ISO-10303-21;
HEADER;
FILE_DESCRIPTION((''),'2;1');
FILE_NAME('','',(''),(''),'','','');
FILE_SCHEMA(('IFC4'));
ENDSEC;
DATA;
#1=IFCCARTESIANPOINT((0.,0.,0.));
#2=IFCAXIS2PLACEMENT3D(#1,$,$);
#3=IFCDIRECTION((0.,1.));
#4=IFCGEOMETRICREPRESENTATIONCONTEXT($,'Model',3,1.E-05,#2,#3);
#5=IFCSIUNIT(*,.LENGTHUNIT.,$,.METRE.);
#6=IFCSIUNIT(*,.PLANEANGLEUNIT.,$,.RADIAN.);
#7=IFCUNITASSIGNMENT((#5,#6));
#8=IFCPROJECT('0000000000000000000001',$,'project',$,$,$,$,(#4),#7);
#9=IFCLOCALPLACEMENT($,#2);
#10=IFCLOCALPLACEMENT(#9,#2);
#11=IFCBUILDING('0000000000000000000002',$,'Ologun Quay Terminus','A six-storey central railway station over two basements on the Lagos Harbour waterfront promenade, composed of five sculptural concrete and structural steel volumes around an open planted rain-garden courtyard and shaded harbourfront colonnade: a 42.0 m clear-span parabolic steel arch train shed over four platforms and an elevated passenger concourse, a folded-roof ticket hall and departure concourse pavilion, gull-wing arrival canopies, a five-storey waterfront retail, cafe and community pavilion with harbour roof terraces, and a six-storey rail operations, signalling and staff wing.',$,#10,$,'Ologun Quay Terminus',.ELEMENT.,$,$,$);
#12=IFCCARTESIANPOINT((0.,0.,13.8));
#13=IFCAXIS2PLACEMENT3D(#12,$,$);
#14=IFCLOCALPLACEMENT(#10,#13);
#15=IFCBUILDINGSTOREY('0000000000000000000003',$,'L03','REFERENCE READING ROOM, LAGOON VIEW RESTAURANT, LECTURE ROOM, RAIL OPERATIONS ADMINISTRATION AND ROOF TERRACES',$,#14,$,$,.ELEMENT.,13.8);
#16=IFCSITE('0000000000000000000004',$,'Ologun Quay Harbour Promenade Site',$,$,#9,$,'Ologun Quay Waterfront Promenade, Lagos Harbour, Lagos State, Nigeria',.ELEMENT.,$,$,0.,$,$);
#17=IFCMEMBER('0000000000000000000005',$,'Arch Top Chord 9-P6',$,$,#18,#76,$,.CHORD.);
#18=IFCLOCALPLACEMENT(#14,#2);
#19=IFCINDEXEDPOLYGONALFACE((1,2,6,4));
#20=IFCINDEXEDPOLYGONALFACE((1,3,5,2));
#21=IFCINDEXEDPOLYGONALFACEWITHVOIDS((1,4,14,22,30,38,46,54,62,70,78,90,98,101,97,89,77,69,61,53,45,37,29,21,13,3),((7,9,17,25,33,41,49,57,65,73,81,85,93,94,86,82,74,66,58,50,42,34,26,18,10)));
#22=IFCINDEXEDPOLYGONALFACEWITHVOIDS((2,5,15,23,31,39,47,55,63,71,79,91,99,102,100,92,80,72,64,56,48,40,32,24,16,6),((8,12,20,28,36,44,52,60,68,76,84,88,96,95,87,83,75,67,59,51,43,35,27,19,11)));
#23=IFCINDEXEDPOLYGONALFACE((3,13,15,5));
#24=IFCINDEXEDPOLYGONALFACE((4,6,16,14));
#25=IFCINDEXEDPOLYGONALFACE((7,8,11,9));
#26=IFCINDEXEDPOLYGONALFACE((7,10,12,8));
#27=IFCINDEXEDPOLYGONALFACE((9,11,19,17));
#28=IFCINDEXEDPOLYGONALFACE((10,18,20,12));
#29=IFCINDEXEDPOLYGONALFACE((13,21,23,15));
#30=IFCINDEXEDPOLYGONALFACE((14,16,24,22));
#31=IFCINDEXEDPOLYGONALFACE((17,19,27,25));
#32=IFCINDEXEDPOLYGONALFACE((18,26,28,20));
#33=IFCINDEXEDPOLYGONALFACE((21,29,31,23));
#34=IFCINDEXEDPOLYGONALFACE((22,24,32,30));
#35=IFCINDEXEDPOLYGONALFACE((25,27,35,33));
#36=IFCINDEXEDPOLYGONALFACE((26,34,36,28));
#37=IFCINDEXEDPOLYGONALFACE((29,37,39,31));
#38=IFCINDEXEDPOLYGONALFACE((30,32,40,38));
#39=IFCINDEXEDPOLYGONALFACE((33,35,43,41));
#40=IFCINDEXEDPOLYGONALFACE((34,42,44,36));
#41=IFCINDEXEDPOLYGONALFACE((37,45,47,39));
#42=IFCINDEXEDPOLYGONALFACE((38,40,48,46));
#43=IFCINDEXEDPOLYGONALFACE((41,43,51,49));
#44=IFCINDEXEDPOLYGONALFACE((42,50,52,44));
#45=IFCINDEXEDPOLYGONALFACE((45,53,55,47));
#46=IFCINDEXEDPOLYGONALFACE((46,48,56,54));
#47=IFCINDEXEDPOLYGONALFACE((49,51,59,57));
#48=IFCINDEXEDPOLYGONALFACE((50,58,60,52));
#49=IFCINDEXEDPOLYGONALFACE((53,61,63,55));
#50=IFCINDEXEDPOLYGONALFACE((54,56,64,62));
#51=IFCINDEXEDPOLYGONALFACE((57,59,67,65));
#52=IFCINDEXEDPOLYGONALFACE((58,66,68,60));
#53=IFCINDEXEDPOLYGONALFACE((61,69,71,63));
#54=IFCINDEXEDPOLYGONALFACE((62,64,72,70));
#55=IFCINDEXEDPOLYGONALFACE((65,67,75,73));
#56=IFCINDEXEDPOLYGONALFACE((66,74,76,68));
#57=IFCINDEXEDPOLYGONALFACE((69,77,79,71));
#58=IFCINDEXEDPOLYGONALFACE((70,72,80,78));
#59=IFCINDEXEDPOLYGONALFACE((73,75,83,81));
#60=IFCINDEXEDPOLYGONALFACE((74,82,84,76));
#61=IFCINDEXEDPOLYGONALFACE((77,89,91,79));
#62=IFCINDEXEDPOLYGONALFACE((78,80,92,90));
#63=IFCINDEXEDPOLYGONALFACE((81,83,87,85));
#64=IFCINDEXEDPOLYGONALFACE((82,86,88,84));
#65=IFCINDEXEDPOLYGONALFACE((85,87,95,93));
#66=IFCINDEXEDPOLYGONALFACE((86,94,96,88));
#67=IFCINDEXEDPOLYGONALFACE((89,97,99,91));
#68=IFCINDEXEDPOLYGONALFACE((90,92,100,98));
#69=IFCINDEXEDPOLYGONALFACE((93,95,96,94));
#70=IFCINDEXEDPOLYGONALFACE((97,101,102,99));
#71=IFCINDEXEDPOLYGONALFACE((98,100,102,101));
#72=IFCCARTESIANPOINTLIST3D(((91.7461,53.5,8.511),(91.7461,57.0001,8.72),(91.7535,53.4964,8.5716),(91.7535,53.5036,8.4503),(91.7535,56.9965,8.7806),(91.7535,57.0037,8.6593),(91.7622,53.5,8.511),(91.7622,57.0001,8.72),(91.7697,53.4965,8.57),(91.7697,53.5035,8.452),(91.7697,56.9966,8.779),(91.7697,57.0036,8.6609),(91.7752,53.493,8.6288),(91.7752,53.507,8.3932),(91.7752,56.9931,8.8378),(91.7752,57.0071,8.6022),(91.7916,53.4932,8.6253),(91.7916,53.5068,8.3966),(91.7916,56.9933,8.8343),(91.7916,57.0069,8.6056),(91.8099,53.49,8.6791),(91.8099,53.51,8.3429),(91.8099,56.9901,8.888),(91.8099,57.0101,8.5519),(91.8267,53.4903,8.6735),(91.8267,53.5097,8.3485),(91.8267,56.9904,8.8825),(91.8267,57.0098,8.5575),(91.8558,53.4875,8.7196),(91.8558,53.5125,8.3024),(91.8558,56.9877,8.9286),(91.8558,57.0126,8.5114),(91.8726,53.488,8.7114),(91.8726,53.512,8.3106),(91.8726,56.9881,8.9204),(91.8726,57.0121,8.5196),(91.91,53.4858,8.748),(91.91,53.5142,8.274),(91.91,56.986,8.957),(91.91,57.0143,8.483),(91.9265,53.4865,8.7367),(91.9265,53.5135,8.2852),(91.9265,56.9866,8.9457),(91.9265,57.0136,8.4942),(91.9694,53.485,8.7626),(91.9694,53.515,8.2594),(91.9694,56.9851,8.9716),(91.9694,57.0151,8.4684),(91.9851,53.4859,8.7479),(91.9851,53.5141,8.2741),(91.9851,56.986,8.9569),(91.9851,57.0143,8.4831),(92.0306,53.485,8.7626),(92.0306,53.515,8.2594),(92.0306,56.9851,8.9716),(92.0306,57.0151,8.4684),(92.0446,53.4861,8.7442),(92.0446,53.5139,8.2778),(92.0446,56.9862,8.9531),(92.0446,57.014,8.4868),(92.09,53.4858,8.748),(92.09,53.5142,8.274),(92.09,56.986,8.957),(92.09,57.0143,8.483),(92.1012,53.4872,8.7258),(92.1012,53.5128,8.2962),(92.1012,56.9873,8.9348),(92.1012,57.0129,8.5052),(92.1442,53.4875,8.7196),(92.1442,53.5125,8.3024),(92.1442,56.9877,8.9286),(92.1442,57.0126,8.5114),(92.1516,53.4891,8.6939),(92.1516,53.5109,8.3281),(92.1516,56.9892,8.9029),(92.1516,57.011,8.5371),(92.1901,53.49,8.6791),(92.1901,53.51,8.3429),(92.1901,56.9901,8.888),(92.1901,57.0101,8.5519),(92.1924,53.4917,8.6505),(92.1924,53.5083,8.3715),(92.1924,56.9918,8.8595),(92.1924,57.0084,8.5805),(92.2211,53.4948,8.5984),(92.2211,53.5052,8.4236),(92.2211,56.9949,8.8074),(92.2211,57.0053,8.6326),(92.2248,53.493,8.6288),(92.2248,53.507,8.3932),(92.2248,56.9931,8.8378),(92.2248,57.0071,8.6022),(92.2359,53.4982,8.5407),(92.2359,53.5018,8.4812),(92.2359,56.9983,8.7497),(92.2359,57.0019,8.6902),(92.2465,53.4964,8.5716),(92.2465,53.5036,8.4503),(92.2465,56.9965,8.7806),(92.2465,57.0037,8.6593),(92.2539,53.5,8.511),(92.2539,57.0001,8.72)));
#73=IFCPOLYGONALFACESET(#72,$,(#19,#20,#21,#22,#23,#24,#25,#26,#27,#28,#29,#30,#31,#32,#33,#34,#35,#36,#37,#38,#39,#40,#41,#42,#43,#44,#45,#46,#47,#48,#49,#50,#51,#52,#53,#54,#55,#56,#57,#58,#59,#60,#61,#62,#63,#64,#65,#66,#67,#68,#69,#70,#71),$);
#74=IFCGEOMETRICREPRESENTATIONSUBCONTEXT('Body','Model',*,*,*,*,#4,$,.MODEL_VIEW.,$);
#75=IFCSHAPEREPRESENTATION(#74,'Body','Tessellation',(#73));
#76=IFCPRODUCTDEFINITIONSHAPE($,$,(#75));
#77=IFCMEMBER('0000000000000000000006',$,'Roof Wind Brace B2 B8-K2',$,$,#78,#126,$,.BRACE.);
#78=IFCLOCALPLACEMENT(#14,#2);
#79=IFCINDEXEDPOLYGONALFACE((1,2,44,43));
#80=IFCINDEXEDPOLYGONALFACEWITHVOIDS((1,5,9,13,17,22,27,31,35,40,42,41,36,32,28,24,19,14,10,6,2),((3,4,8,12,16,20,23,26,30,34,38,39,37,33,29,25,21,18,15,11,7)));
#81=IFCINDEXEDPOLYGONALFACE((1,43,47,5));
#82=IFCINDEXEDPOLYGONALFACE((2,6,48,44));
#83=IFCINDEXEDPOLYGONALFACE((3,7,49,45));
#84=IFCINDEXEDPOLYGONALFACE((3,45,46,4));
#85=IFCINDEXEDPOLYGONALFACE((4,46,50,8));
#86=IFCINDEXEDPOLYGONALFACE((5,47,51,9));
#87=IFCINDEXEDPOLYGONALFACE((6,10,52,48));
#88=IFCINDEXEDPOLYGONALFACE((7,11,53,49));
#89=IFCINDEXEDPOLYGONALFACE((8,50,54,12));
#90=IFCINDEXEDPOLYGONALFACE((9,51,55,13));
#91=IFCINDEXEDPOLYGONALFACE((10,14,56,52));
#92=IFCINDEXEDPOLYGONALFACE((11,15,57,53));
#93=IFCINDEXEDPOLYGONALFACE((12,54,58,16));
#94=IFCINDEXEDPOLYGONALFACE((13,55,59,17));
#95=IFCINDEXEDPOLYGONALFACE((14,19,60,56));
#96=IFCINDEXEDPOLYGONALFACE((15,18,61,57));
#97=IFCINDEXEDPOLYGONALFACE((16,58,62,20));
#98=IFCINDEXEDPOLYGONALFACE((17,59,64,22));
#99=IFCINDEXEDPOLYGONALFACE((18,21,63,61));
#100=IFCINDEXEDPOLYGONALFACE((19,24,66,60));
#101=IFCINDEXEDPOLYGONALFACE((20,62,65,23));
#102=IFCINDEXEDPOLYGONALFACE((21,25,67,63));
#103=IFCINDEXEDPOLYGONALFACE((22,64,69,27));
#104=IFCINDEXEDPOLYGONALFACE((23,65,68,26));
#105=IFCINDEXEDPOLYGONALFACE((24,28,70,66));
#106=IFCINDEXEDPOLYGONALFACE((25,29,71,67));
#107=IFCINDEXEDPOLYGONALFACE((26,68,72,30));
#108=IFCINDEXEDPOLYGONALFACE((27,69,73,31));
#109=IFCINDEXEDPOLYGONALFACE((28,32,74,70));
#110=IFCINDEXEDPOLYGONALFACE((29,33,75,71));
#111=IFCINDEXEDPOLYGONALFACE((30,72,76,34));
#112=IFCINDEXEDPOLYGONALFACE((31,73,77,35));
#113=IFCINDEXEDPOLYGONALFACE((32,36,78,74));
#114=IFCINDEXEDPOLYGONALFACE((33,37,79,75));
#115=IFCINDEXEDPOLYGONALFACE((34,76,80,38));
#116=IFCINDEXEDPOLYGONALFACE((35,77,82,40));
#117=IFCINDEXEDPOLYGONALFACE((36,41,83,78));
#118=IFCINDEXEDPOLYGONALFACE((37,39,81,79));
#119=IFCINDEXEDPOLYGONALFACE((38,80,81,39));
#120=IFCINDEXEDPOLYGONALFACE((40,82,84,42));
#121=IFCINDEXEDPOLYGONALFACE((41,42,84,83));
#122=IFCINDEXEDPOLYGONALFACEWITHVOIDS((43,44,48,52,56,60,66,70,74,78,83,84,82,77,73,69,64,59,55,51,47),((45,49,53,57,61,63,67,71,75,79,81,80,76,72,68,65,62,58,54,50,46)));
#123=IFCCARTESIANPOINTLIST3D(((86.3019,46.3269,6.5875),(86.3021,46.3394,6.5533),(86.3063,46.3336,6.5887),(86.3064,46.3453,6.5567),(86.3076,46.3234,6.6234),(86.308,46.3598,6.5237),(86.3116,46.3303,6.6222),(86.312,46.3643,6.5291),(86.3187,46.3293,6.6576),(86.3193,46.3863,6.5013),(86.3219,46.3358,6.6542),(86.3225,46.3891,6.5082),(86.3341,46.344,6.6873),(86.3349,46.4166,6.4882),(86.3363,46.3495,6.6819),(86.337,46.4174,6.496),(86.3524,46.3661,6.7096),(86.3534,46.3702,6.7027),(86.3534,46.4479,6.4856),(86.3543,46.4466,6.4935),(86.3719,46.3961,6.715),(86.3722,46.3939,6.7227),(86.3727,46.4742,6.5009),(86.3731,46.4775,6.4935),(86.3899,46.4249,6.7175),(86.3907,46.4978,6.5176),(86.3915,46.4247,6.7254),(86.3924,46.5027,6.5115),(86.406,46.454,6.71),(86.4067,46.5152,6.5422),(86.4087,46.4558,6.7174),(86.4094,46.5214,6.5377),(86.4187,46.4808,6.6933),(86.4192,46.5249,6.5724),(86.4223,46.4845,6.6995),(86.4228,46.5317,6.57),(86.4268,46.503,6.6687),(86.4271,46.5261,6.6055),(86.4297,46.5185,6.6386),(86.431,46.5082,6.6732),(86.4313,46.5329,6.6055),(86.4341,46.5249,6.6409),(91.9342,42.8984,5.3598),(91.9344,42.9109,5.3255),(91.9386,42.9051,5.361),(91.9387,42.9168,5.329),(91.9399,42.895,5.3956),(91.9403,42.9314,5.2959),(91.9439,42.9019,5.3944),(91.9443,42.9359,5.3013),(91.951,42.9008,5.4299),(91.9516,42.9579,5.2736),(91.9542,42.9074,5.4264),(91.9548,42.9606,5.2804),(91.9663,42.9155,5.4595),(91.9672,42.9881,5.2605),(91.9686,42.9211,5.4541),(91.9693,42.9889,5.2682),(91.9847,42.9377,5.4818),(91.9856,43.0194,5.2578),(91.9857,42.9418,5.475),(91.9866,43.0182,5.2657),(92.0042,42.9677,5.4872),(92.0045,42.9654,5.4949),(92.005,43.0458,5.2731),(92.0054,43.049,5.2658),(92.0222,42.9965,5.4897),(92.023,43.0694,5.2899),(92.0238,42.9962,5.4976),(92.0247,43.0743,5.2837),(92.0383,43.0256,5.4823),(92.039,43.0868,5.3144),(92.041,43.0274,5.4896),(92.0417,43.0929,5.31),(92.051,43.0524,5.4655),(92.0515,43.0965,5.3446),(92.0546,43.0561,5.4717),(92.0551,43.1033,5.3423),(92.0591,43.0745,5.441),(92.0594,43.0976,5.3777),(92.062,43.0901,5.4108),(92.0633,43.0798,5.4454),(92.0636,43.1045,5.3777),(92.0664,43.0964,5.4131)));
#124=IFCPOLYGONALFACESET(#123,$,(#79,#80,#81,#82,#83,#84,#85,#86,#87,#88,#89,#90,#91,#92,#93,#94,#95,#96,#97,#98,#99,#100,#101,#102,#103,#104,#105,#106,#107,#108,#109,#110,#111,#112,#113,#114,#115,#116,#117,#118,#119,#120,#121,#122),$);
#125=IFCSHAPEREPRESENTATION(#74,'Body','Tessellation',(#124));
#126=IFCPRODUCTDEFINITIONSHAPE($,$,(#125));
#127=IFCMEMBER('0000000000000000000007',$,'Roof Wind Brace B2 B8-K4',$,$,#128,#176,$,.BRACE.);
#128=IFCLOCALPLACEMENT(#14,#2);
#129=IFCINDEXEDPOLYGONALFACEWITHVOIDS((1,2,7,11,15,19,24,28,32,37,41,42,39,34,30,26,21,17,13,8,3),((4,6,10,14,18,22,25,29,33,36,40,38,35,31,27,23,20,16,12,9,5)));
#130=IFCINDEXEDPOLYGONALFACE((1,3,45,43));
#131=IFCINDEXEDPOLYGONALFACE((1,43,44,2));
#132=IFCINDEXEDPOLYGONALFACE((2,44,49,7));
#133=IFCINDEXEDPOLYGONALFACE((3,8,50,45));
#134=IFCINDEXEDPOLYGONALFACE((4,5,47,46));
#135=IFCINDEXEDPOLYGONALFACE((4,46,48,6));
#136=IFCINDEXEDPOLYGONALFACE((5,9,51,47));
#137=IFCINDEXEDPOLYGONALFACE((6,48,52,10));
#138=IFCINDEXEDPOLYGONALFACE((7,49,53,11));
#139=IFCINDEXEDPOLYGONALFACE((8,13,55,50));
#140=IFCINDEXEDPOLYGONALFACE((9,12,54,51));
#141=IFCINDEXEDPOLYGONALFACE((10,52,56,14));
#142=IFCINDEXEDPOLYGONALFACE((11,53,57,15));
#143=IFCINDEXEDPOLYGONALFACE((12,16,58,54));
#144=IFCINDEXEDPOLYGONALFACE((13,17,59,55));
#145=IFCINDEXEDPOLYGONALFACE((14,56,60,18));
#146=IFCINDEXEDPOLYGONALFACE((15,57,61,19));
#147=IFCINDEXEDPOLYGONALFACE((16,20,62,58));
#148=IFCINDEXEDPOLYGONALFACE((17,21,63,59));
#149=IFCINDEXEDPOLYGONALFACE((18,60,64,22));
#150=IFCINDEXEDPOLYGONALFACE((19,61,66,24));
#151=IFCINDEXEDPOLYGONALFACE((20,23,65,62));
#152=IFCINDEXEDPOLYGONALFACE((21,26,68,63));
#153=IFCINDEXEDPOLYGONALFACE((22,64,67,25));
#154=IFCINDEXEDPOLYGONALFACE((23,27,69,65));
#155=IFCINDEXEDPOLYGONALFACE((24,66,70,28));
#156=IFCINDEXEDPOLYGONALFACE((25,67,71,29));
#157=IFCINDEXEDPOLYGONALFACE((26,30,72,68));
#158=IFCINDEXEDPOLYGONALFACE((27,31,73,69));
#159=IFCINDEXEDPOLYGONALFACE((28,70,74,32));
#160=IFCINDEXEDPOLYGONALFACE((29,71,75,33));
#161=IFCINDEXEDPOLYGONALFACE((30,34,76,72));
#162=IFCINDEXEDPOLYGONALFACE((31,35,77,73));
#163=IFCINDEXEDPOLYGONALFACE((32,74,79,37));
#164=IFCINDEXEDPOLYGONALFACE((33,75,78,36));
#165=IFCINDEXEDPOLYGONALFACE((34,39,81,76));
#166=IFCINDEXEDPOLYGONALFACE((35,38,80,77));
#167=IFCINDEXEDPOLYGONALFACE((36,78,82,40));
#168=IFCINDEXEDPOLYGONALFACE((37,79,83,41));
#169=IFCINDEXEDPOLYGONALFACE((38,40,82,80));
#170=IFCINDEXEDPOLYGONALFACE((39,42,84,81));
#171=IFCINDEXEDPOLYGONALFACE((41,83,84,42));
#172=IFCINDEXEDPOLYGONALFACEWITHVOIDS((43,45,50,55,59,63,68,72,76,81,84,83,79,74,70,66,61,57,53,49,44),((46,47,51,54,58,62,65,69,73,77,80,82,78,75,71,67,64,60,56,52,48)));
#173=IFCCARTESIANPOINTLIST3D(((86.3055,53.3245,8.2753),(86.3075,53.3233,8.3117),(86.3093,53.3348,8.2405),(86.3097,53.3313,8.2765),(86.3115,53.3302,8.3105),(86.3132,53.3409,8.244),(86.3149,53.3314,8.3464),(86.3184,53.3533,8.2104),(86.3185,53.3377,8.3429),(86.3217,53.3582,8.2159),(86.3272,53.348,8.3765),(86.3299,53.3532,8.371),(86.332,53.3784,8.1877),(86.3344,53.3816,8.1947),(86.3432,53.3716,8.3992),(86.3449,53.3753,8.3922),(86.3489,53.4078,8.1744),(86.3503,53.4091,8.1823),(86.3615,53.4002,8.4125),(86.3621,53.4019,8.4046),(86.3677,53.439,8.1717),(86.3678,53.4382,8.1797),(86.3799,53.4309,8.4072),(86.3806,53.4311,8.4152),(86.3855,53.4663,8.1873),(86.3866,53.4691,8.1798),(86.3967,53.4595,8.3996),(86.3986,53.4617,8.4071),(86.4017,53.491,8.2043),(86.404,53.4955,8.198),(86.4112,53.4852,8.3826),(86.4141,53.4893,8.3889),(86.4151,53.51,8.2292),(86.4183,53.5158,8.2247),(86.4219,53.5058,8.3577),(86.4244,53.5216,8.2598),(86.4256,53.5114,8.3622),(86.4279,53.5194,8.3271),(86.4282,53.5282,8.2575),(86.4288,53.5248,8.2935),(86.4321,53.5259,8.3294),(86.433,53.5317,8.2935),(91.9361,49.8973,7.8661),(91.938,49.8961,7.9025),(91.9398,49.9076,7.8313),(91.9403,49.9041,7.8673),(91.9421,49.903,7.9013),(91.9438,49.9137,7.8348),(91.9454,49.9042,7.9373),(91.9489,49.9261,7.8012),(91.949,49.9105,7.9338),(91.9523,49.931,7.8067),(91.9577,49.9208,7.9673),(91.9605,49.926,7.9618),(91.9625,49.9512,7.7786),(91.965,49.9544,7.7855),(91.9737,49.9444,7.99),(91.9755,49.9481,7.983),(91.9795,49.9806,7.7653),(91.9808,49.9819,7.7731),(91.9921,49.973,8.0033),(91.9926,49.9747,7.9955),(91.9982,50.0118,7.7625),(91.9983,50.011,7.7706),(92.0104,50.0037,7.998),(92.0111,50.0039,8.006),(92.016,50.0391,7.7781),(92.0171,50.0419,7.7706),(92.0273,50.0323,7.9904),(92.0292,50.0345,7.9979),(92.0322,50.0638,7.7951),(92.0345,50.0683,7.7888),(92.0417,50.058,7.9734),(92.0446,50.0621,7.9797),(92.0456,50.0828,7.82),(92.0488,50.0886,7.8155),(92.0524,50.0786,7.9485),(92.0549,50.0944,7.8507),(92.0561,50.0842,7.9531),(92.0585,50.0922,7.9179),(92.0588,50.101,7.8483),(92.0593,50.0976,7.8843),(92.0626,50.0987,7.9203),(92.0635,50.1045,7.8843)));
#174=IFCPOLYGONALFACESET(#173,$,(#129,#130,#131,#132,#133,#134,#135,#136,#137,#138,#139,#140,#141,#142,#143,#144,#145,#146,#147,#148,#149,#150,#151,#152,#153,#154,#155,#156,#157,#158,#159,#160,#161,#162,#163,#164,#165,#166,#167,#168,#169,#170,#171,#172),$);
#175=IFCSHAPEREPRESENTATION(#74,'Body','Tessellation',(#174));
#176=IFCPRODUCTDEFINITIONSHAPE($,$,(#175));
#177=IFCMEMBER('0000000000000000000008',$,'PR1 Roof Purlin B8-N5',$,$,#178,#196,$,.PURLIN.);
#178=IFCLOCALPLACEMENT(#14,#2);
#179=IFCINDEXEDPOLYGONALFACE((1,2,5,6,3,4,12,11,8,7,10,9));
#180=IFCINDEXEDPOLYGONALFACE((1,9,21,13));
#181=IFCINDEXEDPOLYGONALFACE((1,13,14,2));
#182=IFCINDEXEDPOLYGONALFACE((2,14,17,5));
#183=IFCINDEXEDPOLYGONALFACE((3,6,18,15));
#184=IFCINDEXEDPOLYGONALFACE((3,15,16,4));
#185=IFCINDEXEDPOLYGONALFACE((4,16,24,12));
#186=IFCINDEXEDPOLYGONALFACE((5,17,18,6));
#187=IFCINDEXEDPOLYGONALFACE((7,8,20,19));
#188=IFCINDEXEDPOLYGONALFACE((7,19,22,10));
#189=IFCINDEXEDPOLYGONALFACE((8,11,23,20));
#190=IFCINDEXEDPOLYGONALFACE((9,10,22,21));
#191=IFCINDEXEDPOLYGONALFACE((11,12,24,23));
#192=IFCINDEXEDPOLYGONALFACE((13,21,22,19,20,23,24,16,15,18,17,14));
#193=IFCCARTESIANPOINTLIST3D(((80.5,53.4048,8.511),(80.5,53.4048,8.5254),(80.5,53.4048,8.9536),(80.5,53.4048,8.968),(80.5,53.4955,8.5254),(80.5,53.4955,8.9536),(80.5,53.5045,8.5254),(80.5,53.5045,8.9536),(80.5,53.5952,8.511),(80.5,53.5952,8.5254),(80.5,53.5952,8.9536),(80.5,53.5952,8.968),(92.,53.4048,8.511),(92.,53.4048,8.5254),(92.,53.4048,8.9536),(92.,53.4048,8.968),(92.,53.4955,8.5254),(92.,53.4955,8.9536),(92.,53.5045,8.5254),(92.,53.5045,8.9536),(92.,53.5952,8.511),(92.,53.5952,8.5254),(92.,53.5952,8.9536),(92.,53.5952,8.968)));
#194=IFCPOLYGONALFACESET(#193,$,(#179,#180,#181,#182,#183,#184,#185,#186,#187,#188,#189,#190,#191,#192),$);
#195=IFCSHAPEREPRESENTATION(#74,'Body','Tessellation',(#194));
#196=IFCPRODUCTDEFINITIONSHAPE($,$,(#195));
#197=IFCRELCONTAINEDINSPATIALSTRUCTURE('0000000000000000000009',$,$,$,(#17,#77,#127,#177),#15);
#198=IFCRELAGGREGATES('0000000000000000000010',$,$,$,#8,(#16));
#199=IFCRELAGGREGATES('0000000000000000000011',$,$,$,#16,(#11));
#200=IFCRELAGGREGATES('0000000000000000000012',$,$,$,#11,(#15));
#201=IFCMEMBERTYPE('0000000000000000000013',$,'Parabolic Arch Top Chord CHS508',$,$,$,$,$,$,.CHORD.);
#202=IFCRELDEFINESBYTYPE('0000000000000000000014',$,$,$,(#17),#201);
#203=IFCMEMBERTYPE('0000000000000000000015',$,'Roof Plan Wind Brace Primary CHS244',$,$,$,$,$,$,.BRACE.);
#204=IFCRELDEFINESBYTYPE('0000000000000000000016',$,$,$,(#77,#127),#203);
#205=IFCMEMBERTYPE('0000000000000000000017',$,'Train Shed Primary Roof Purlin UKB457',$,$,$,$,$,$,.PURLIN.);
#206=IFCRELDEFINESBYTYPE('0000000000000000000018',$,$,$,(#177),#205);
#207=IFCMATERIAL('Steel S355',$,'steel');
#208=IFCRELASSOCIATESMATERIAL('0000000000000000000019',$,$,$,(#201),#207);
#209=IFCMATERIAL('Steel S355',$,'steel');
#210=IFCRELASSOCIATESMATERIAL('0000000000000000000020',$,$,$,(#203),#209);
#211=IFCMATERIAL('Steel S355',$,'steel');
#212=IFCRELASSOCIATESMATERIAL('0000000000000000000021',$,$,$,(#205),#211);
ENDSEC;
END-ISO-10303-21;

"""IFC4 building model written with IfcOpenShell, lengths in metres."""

from ifc_helpers import new_model, si_unit, direction, frame, origin, origin_2d, place, context, subcontext, project, spatial, hollow_circle, i_section, extrude, material, material_profile, profile_set, type_object, element, save


model = new_model("IFC4")

# Units and contexts
model_context = context("Model", 3, precision=1e-05, world=origin(), true_north=direction((0.0, 1.0)))
body_context = subcontext(model_context, "Body", "Model", "MODEL_VIEW")
ifc_project = project(units=[si_unit("LENGTHUNIT", "METRE"), si_unit("PLANEANGLEUNIT", "RADIAN")], contexts=[model_context])

# Site, building, storey
site_placement = place(None, origin())
site = spatial("IfcSite", under=ifc_project, at=site_placement, Name="Ologun Quay Harbour Promenade Site", LongName="Ologun Quay Waterfront Promenade, Lagos Harbour, Lagos State, Nigeria", CompositionType="ELEMENT", RefElevation=0.0)
building_placement = place(site_placement, origin())
building = spatial("IfcBuilding", under=site, at=building_placement, Name="Ologun Quay Terminus", Description="A six-storey central railway station over two basements on the Lagos Harbour waterfront promenade, composed of five sculptural concrete and structural steel volumes around an open planted rain-garden courtyard and shaded harbourfront colonnade: a 42.0 m clear-span parabolic steel arch train shed over four platforms and an elevated passenger concourse, a folded-roof ticket hall and departure concourse pavilion, gull-wing arrival canopies, a five-storey waterfront retail, cafe and community pavilion with harbour roof terraces, and a six-storey rail operations, signalling and staff wing.", LongName="Ologun Quay Terminus", CompositionType="ELEMENT")
storey_placement = place(building_placement, frame((0.0, 0.0, 13.8)))
storey = spatial("IfcBuildingStorey", under=building, at=storey_placement, Name="L03", Description="REFERENCE READING ROOM, LAGOON VIEW RESTAURANT, LECTURE ROOM, RAIL OPERATIONS ADMINISTRATION AND ROOF TERRACES", CompositionType="ELEMENT", Elevation=13.8)

# Members
ifc_material_1 = material(Name="Steel S355", Category="steel")
ifc_material_profile_1 = material_profile(ifc_material_1, hollow_circle(Radius=0.2539, WallThickness=0.0161, at=origin_2d()), Name="CHS 508x16")
ifc_profile_set_1 = profile_set([ifc_material_profile_1], Name="Steel S355")
member_type_1 = type_object("IfcMemberType", Name="Parabolic Arch Top Chord CHS508", PredefinedType="CHORD", material=ifc_profile_set_1)
member_1_placement = place(storey_placement, frame((92.0, 53.5, 8.511), z_axis=(0.0, 0.998222, 0.059604), x_axis=(-1.0, 0.0, 0.0)))
element("IfcMember", 1, at=member_1_placement, inside=storey, type_object=member_type_1, Name="Arch Top Chord 9-P6", PredefinedType="CHORD", context=body_context, shape_type="SweptSolid", body=[
    extrude(hollow_circle(Radius=0.2539, WallThickness=0.0161, at=origin_2d()), origin(), (0.0, 0.0, 1.0), 3.5063),
])
ifc_material_2 = material(Name="Steel S355", Category="steel")
ifc_material_profile_2 = material_profile(ifc_material_2, hollow_circle(Radius=0.1223, WallThickness=0.0081, at=origin_2d()), Name="CHS 244.5x8")
ifc_profile_set_2 = profile_set([ifc_material_profile_2], Name="Steel S355")
member_type_2 = type_object("IfcMemberType", Name="Roof Plan Wind Brace Primary CHS244", PredefinedType="BRACE", material=ifc_profile_set_2)
member_2_placement = place(storey_placement, frame((86.3677, 46.4285, 6.6055), z_axis=(0.839758, -0.511171, -0.183058), x_axis=(0.519958, 0.854192, 0.0)))
element("IfcMember", 2, at=member_2_placement, inside=storey, type_object=member_type_2, Name="Roof Wind Brace B2 B8-K2", PredefinedType="BRACE", context=body_context, shape_type="SweptSolid", body=[
    extrude(hollow_circle(Radius=0.1223, WallThickness=0.0081, at=origin_2d()), origin(), (0.0, 0.0, 1.0), 6.707),
])
member_3_placement = place(storey_placement, frame((86.3694, 53.4272, 8.2935), z_axis=(0.852563, -0.518939, -0.061956), x_axis=(0.519938, 0.854204, 0.0)))
element("IfcMember", 3, at=member_3_placement, inside=storey, type_object=member_type_2, Name="Roof Wind Brace B2 B8-K4", PredefinedType="BRACE", context=body_context, shape_type="SweptSolid", body=[
    extrude(hollow_circle(Radius=0.1223, WallThickness=0.0081, at=origin_2d()), origin(), (0.0, 0.0, 1.0), 6.6042),
])
ifc_material_3 = material(Name="Steel S355", Category="steel")
ifc_material_profile_3 = material_profile(ifc_material_3, i_section(OverallWidth=0.1904, OverallDepth=0.457, WebThickness=0.009, FlangeThickness=0.0144, at=origin_2d()), Name="UKB 457x191x74")
ifc_profile_set_3 = profile_set([ifc_material_profile_3], Name="Steel S355")
member_type_3 = type_object("IfcMemberType", Name="Train Shed Primary Roof Purlin UKB457", PredefinedType="PURLIN", material=ifc_profile_set_3)
member_4_placement = place(storey_placement, frame((80.5, 53.5, 8.7395), z_axis=(1.0, 0.0, 0.0), x_axis=(0.0, 1.0, 0.0)))
element("IfcMember", 4, at=member_4_placement, inside=storey, type_object=member_type_3, Name="PR1 Roof Purlin B8-N5", PredefinedType="PURLIN", context=body_context, shape_type="SweptSolid", body=[
    extrude(i_section(OverallWidth=0.1904, OverallDepth=0.457, WebThickness=0.009, FlangeThickness=0.0144, at=origin_2d()), origin(), (0.0, 0.0, 1.0), 11.5),
])

save(model, "model.ifc")
